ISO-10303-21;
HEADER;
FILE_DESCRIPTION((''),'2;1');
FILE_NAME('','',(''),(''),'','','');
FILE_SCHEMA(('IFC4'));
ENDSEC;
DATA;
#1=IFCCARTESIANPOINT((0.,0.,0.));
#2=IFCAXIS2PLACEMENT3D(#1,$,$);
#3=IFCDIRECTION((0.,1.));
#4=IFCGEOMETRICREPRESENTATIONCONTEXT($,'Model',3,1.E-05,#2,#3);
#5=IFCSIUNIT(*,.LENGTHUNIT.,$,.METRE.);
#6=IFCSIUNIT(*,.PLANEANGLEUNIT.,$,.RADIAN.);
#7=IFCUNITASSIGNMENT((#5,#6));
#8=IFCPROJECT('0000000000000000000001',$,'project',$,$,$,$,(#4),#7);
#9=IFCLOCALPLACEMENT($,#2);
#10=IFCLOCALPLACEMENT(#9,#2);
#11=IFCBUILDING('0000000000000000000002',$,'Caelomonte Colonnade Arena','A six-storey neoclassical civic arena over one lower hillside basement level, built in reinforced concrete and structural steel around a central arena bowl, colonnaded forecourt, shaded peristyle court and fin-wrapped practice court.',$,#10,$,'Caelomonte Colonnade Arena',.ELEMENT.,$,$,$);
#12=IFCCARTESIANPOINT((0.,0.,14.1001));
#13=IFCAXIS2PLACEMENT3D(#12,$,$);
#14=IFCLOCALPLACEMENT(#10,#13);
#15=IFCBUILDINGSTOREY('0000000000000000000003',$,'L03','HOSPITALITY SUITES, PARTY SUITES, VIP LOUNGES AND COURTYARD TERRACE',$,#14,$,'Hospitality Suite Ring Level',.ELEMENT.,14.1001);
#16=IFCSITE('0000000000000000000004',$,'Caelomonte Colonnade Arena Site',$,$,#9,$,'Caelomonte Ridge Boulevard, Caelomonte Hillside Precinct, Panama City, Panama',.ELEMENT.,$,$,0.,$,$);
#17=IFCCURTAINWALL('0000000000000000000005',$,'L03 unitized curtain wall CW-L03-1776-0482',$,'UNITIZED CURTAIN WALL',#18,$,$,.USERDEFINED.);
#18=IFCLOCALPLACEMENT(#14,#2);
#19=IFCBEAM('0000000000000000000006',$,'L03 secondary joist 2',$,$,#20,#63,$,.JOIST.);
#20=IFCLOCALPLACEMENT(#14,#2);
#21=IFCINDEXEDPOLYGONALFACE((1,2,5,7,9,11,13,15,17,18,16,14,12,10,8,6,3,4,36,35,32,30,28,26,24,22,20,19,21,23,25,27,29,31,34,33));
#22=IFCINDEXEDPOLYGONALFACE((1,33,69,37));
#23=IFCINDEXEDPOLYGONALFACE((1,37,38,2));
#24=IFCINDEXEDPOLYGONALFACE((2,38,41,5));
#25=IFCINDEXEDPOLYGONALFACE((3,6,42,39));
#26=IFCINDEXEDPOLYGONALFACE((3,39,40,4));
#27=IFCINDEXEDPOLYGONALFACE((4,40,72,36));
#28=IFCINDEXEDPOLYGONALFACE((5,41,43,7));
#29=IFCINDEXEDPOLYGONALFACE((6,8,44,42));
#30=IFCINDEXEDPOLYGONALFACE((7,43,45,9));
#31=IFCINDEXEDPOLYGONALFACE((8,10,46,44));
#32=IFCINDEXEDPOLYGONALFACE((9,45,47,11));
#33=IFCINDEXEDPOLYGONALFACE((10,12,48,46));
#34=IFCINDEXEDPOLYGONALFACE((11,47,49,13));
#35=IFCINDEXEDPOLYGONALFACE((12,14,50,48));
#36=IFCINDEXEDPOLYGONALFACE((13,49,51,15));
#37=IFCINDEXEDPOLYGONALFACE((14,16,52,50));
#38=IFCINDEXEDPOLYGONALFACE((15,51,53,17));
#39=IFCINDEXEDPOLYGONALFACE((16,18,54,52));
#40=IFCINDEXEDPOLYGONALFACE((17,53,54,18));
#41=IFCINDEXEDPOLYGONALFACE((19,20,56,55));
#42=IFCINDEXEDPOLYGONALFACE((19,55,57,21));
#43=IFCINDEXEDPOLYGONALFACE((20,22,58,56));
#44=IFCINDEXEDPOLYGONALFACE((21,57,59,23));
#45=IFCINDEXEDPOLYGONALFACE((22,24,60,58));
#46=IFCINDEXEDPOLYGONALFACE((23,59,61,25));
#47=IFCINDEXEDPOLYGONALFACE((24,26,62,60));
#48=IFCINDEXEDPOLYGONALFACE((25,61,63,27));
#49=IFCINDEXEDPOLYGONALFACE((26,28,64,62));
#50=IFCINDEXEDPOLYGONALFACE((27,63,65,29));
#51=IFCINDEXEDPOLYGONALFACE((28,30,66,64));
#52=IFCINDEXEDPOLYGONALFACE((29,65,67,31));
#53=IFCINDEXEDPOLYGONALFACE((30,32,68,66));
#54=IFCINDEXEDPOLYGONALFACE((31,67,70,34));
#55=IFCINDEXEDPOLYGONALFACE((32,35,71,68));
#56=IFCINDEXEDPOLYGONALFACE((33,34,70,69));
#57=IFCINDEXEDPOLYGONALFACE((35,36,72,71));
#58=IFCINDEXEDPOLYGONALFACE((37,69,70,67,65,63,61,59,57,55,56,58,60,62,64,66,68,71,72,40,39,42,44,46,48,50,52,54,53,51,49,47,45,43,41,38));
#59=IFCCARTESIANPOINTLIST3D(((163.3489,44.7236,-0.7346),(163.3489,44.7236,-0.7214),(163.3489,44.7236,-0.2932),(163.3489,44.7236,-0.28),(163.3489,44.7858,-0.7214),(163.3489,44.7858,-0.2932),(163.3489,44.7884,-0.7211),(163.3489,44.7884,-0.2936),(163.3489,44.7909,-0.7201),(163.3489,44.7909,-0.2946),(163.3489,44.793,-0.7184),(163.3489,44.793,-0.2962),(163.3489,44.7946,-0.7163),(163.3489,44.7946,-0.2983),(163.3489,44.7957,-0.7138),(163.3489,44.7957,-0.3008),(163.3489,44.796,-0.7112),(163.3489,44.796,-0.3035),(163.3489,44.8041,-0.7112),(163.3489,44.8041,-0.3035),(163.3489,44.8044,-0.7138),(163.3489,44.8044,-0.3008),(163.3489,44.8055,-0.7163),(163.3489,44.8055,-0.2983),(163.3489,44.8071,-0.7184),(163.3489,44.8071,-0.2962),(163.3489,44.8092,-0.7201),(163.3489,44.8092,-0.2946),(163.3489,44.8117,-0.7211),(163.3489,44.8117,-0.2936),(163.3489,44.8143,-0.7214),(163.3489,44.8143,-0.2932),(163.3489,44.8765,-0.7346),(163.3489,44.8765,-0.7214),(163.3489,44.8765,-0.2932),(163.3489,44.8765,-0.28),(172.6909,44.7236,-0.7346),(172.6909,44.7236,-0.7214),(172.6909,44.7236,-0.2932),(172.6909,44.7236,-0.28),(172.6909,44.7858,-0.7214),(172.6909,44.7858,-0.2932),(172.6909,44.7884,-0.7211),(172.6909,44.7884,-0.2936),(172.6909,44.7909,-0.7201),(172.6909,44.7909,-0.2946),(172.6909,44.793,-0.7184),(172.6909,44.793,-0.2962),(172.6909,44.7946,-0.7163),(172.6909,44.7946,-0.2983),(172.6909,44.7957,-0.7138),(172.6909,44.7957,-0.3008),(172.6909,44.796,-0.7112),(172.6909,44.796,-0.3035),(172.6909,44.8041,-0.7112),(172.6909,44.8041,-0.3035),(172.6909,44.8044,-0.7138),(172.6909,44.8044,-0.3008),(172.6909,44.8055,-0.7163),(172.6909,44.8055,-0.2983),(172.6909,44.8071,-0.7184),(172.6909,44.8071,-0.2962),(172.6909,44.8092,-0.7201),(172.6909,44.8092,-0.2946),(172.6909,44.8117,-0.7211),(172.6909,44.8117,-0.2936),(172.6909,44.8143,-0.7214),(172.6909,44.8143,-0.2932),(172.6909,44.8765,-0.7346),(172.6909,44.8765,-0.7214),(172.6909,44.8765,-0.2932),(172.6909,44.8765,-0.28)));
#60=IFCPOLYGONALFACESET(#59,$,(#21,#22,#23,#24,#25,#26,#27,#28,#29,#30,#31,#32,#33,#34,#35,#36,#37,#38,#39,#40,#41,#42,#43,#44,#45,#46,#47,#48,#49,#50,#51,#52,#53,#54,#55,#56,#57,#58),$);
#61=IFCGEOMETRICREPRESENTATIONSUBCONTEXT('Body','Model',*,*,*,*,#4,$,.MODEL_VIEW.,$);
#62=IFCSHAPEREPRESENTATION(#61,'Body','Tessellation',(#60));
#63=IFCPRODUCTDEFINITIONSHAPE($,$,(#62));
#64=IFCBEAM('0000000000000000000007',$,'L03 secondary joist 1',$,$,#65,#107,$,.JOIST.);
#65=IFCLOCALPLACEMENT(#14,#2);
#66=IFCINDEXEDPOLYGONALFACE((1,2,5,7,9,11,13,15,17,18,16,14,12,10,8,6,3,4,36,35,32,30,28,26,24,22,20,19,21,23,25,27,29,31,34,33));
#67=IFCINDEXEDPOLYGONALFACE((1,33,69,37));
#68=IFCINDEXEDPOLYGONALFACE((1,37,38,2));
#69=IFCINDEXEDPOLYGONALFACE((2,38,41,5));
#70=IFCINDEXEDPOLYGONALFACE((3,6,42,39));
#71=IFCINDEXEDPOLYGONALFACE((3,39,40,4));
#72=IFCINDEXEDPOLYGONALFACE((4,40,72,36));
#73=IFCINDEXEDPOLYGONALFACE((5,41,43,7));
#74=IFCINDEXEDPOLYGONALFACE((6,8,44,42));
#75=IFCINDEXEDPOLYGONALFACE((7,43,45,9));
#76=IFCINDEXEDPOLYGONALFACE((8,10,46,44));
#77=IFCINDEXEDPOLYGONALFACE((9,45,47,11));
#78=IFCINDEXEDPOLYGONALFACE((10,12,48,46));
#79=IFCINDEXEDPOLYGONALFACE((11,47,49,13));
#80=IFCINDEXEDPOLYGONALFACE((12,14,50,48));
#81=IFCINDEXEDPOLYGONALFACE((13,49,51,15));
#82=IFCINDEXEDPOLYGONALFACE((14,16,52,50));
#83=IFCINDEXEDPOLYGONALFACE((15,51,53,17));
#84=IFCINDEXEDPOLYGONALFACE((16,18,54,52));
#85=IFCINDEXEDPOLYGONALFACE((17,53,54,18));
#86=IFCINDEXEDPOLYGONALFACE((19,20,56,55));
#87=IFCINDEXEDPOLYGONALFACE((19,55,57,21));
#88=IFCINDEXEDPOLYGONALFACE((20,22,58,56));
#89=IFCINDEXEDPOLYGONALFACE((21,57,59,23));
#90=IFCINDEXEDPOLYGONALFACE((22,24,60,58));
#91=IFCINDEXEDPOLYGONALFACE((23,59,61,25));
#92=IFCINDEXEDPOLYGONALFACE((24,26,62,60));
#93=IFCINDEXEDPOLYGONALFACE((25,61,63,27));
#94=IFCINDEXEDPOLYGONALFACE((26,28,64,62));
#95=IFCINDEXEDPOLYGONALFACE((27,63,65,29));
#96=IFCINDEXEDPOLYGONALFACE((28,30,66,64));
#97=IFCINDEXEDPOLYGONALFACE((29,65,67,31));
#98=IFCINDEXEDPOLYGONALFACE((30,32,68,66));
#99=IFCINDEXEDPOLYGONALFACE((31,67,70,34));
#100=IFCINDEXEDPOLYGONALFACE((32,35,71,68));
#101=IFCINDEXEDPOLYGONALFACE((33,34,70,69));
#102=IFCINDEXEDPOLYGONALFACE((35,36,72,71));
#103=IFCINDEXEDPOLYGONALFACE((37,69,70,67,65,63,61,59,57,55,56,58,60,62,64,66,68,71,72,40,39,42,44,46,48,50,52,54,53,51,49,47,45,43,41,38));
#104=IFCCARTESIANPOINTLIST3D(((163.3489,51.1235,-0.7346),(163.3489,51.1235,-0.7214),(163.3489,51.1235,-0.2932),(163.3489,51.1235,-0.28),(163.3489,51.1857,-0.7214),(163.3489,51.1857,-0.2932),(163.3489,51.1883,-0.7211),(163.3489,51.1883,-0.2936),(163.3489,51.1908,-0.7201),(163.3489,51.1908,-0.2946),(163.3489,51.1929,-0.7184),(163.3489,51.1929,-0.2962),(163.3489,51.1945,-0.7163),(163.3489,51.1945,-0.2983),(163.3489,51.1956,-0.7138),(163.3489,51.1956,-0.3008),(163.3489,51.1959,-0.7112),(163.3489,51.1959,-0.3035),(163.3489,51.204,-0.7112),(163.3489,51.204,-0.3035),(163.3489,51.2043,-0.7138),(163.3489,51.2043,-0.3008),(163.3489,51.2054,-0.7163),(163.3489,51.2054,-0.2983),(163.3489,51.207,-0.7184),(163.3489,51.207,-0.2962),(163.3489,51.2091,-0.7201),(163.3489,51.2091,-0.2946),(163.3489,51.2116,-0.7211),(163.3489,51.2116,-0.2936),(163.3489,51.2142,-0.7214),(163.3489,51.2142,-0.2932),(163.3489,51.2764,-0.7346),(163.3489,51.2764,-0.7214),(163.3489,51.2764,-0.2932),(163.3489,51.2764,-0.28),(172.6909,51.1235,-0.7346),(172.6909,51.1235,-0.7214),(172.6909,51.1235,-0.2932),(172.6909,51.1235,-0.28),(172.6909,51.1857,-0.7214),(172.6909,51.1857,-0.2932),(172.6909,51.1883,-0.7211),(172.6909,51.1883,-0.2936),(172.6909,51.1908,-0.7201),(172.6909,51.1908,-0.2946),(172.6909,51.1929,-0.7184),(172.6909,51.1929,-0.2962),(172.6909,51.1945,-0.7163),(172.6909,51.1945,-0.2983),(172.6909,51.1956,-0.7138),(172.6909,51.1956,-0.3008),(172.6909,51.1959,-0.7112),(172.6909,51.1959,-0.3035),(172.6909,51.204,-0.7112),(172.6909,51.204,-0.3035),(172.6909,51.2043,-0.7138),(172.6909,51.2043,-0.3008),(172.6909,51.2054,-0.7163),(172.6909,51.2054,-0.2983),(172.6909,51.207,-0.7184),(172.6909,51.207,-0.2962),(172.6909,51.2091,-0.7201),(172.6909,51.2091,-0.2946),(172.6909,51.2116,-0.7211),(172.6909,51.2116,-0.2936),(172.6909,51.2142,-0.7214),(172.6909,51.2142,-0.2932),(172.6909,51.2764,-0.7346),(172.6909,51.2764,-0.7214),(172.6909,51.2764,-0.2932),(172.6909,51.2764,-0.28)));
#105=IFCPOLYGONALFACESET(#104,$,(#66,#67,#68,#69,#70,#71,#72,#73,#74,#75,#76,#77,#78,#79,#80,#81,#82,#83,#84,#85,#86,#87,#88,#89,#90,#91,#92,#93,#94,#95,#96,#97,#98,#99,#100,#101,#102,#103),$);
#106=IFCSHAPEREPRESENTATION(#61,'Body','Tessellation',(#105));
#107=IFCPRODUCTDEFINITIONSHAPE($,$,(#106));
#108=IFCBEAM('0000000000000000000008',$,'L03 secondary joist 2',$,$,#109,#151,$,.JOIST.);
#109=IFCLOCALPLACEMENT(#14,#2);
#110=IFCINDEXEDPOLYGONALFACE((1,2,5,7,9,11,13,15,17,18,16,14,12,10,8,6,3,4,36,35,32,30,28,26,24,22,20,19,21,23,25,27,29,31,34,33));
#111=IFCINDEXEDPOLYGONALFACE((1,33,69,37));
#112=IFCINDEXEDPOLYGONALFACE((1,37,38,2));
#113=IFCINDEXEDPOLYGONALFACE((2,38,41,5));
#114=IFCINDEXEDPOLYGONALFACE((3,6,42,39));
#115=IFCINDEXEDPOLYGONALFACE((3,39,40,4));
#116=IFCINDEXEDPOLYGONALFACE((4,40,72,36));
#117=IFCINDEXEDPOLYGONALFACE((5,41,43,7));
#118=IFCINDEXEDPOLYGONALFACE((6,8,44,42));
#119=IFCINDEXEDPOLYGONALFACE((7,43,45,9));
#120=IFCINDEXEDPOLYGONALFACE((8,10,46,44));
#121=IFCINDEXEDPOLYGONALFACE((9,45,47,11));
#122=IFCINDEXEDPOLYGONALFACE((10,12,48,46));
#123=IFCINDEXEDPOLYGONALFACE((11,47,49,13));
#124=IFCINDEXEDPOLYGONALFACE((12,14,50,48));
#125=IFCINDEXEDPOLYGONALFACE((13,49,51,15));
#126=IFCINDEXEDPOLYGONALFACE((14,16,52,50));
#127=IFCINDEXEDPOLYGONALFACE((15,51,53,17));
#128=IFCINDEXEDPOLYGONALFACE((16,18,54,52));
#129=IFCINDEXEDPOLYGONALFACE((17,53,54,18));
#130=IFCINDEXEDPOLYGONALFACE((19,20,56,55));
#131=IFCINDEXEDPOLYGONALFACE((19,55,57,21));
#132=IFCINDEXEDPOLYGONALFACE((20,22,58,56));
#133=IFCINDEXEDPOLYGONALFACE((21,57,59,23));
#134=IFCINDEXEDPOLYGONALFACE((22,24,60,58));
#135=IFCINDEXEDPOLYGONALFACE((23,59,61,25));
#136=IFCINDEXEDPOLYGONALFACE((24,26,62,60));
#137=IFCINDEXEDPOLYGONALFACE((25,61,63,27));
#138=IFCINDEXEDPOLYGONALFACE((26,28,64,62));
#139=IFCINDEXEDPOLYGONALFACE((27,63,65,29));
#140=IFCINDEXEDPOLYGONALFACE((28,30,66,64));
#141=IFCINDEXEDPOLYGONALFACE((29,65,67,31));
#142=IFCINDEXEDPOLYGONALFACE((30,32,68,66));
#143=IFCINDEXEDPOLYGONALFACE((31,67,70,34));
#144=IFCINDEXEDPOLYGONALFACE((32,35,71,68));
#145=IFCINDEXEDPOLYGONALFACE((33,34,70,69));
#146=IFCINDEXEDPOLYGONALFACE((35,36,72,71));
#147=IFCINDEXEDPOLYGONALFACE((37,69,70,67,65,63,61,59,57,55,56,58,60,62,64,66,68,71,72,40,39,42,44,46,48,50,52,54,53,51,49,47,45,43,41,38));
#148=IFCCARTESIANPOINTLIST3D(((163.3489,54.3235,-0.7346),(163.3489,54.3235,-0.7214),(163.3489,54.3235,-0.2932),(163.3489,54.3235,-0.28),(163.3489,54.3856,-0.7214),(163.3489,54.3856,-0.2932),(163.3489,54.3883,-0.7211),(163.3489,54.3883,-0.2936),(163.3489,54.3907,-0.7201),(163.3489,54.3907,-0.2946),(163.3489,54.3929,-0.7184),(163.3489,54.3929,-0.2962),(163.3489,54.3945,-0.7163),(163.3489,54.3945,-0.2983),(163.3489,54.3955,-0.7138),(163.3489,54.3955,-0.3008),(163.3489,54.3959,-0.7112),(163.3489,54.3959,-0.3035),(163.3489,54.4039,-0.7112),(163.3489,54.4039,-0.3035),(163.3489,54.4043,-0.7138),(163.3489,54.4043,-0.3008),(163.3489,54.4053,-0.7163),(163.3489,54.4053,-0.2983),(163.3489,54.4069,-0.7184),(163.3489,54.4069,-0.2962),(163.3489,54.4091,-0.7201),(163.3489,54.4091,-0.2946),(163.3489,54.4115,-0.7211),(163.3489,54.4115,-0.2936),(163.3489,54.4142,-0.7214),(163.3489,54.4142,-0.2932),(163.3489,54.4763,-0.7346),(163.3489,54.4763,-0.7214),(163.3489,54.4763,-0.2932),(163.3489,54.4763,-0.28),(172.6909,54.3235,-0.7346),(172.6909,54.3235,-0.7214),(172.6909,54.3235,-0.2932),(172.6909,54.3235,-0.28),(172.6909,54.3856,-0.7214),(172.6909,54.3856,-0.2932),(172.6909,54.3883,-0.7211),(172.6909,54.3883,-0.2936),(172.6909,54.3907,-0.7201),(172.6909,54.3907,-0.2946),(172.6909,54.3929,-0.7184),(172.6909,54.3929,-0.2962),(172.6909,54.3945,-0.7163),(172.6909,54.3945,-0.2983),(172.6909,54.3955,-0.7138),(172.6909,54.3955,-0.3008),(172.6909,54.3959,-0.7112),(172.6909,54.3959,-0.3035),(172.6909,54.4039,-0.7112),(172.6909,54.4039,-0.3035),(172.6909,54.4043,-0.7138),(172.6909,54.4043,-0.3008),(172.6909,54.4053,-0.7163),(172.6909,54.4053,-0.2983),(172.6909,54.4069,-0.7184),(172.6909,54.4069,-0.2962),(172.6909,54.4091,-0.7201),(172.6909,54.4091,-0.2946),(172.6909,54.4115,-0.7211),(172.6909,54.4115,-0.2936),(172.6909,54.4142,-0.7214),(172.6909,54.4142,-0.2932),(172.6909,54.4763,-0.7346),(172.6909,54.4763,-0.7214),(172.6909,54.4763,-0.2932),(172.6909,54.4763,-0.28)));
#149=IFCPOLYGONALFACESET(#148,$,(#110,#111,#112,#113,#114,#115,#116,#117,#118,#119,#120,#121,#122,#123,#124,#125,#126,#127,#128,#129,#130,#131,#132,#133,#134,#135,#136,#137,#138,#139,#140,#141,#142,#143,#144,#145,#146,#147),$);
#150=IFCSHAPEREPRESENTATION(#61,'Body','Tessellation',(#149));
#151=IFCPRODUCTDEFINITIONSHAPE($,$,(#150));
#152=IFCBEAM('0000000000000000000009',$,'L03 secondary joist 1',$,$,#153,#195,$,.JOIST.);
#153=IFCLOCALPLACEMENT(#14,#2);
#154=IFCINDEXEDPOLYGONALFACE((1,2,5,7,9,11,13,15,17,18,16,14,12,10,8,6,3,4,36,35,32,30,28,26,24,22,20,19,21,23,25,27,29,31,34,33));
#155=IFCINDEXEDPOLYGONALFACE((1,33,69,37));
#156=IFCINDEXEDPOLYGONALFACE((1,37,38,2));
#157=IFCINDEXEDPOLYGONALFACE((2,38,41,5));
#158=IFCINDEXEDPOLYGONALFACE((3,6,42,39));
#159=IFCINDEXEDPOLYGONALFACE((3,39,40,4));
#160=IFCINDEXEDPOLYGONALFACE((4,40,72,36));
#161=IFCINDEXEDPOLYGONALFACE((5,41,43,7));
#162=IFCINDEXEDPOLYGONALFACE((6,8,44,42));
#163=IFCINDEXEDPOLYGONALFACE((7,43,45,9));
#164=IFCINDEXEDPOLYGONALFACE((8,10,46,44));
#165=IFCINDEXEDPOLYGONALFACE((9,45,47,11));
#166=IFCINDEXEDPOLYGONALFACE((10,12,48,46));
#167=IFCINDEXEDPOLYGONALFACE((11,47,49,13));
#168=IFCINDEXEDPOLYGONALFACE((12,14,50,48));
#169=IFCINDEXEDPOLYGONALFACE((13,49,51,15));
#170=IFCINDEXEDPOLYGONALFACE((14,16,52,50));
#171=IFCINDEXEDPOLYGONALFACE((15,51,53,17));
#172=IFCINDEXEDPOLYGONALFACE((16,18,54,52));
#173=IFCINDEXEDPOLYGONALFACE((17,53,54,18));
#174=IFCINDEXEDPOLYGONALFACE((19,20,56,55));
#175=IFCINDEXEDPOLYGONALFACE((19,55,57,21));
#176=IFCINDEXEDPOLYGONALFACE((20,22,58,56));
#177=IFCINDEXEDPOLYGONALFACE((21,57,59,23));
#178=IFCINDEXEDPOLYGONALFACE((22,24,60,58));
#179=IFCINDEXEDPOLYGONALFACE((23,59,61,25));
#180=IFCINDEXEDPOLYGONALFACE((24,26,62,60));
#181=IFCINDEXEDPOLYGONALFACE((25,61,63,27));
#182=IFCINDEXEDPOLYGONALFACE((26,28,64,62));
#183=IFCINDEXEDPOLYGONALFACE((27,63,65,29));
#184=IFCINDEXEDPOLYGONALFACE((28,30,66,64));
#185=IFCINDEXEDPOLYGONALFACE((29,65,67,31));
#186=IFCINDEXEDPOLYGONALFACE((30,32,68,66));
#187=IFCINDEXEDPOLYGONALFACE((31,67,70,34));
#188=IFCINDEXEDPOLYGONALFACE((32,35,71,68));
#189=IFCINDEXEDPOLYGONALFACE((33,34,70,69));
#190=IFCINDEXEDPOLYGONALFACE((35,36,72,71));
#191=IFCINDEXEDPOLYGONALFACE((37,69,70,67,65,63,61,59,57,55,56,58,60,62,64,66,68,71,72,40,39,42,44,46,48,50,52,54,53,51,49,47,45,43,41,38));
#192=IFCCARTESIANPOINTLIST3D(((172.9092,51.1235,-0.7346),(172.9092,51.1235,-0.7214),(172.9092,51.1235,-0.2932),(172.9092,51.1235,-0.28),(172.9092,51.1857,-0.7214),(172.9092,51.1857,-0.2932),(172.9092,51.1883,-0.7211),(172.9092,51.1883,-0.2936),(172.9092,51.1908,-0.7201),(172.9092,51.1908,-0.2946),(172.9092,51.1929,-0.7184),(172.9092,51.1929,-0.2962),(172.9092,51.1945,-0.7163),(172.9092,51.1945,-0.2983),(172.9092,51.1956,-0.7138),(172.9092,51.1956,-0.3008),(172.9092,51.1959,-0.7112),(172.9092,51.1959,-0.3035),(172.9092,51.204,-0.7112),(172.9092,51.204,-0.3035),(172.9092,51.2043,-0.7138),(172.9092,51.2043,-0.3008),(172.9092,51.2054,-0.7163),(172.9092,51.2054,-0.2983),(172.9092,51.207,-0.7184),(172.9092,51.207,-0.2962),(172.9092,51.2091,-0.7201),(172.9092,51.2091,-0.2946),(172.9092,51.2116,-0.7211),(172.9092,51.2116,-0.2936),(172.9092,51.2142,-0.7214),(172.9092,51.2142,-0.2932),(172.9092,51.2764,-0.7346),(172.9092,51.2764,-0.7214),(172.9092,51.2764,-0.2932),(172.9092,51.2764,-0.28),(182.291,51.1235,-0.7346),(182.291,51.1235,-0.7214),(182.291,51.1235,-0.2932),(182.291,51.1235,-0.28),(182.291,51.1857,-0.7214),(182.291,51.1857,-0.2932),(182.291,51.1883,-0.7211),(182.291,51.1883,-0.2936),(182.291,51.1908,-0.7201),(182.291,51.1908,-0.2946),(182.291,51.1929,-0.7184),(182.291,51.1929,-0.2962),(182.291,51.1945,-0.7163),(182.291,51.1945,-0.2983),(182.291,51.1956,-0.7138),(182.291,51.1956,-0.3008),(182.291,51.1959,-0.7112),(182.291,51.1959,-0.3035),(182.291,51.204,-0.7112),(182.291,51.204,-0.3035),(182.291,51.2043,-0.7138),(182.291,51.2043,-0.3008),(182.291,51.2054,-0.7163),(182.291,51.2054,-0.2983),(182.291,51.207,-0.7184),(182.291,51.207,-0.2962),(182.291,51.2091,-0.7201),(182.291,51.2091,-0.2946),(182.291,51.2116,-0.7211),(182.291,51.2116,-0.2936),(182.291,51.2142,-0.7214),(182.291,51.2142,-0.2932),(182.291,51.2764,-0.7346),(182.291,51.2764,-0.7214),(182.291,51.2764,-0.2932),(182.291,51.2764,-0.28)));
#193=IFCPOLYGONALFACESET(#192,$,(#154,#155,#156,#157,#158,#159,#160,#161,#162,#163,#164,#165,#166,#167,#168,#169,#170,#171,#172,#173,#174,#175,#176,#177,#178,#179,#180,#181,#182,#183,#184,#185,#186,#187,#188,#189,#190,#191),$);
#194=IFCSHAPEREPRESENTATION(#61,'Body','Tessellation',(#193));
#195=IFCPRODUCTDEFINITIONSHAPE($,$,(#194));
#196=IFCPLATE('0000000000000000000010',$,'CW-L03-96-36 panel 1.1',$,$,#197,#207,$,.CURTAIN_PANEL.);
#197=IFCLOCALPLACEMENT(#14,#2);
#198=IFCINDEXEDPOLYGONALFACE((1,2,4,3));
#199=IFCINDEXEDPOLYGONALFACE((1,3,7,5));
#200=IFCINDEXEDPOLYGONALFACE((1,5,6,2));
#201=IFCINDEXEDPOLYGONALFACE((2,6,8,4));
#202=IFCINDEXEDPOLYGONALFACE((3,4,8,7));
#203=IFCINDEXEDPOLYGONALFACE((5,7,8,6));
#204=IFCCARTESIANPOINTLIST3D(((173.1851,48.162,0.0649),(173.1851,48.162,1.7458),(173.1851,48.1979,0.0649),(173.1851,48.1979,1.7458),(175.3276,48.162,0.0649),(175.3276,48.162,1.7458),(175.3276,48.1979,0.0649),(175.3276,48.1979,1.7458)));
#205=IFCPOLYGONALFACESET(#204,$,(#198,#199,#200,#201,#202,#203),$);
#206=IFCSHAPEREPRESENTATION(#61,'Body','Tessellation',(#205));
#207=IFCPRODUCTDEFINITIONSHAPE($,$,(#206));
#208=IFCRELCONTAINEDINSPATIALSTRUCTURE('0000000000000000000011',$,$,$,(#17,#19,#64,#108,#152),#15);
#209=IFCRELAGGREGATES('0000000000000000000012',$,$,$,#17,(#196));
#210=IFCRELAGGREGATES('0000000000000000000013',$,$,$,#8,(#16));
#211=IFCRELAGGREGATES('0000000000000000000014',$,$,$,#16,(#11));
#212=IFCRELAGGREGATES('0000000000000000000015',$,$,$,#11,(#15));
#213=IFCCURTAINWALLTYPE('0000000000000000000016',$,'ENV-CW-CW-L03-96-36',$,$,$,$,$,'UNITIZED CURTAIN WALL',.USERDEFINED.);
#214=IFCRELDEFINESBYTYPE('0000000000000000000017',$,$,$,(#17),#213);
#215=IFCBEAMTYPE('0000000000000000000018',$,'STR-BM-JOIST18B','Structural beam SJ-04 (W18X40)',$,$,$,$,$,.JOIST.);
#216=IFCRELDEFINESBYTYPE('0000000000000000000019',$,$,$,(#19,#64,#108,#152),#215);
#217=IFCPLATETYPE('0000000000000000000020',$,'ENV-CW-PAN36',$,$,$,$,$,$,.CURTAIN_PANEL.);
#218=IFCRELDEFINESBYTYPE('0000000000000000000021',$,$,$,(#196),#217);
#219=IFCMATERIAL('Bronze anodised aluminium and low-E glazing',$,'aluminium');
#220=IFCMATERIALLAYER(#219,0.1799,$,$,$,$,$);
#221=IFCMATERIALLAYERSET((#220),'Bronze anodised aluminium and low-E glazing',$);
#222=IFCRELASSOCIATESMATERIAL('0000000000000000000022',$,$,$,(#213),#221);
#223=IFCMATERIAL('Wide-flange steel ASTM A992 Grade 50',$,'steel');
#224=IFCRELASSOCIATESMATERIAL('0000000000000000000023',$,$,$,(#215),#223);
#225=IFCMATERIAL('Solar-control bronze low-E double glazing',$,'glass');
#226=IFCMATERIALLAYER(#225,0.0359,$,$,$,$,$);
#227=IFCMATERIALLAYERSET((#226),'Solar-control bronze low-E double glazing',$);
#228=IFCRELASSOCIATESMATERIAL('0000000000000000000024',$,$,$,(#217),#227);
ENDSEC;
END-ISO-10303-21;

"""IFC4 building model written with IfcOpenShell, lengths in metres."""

from ifc_helpers import new_model, si_unit, direction, frame, origin, origin_2d, place, context, subcontext, project, spatial, rectangle, i_section, extrude, material, layer, layer_set, material_profile, profile_set, type_object, element, aggregate, save


model = new_model("IFC4")

# Units and contexts
model_context = context("Model", 3, precision=1e-05, world=origin(), true_north=direction((0.0, 1.0)))
body_context = subcontext(model_context, "Body", "Model", "MODEL_VIEW")
ifc_project = project(units=[si_unit("LENGTHUNIT", "METRE"), si_unit("PLANEANGLEUNIT", "RADIAN")], contexts=[model_context])

# Site, building, storey
site_placement = place(None, origin())
site = spatial("IfcSite", under=ifc_project, at=site_placement, Name="Caelomonte Colonnade Arena Site", LongName="Caelomonte Ridge Boulevard, Caelomonte Hillside Precinct, Panama City, Panama", CompositionType="ELEMENT", RefElevation=0.0)
building_placement = place(site_placement, origin())
building = spatial("IfcBuilding", under=site, at=building_placement, Name="Caelomonte Colonnade Arena", Description="A six-storey neoclassical civic arena over one lower hillside basement level, built in reinforced concrete and structural steel around a central arena bowl, colonnaded forecourt, shaded peristyle court and fin-wrapped practice court.", LongName="Caelomonte Colonnade Arena", CompositionType="ELEMENT")
storey_placement = place(building_placement, frame((0.0, 0.0, 14.1001)))
storey = spatial("IfcBuildingStorey", under=building, at=storey_placement, Name="L03", Description="HOSPITALITY SUITES, PARTY SUITES, VIP LOUNGES AND COURTYARD TERRACE", LongName="Hospitality Suite Ring Level", CompositionType="ELEMENT", Elevation=14.1001)

# Shared definitions
ifc_material_1 = material(Name="Wide-flange steel ASTM A992 Grade 50", Category="steel")

# Curtain wall
ifc_material_2 = material(Name="Bronze anodised aluminium and low-E glazing", Category="aluminium")
ifc_layer_1 = layer(ifc_material_2, 0.1799)
ifc_layer_set_1 = layer_set([ifc_layer_1], Name="Bronze anodised aluminium and low-E glazing")
curtain_wall_type = type_object("IfcCurtainWallType", Name="ENV-CW-CW-L03-96-36", ElementType="UNITIZED CURTAIN WALL", PredefinedType="USERDEFINED", material=ifc_layer_set_1)
curtain_wall_placement = place(storey_placement, origin())
curtain_wall = element("IfcCurtainWall", 1, at=curtain_wall_placement, inside=storey, type_object=curtain_wall_type, Name="L03 unitized curtain wall CW-L03-1776-0482", ObjectType="UNITIZED CURTAIN WALL", PredefinedType="USERDEFINED")

# Beams
ifc_material_profile_1 = material_profile(ifc_material_1, i_section(OverallWidth=0.1528, OverallDepth=0.4546, WebThickness=0.0081, FlangeThickness=0.0132, FilletRadius=0.0103, at=origin_2d()), Name="W18X40")
ifc_profile_set_1 = profile_set([ifc_material_profile_1], Name="Wide-flange steel ASTM A992 Grade 50")
beam_type_1 = type_object("IfcBeamType", Name="STR-BM-JOIST18B", Description="Structural beam SJ-04 (W18X40)", PredefinedType="JOIST", material=ifc_profile_set_1)
for number, where, z_axis, x_axis, name in (
    (2, (163.3489, 44.8, -0.5073), (1.0, 0.0, 0.0), (0.0, 1.0, 0.0), "L03 secondary joist 2"),
    (3, (163.3489, 51.2, -0.5073), (1.0, 0.0, 0.0), (0.0, 1.0, 0.0), "L03 secondary joist 1"),
    (4, (163.3489, 54.3999, -0.5073), (1.0, 0.0, 0.0), (0.0, 1.0, 0.0), "L03 secondary joist 2"),
):
    element("IfcBeam", number, at=place(storey_placement, frame(where, z_axis=z_axis, x_axis=x_axis)), inside=storey, type_object=beam_type_1, Name=name, PredefinedType="JOIST", context=body_context, shape_type="SweptSolid", body=[
        extrude(i_section(OverallWidth=0.1528, OverallDepth=0.4546, WebThickness=0.0081, FlangeThickness=0.0132, FilletRadius=0.0103, at=origin_2d()), origin(), (0.0, 0.0, 1.0), 9.342),
    ])
beam_1_placement = place(storey_placement, frame((172.9092, 51.2, -0.5073), z_axis=(1.0, 0.0, 0.0), x_axis=(0.0, 1.0, 0.0)))
element("IfcBeam", 5, at=beam_1_placement, inside=storey, type_object=beam_type_1, Name="L03 secondary joist 1", PredefinedType="JOIST", context=body_context, shape_type="SweptSolid", body=[
    extrude(i_section(OverallWidth=0.1528, OverallDepth=0.4546, WebThickness=0.0081, FlangeThickness=0.0132, FilletRadius=0.0103, at=origin_2d()), origin(), (0.0, 0.0, 1.0), 9.3818),
])

# Plate
ifc_material_3 = material(Name="Solar-control bronze low-E double glazing", Category="glass")
ifc_layer_2 = layer(ifc_material_3, 0.0359)
ifc_layer_set_2 = layer_set([ifc_layer_2], Name="Solar-control bronze low-E double glazing")
plate_type = type_object("IfcPlateType", Name="ENV-CW-PAN36", PredefinedType="CURTAIN_PANEL", material=ifc_layer_set_2)
plate_1_placement = place(storey_placement, frame((174.2563, 48.1799, 0.0649), z_axis=(0.0, 0.0, 1.0), x_axis=(1.0, 0.0, 0.0)))
plate_1 = element("IfcPlate", 6, at=plate_1_placement, type_object=plate_type, Name="CW-L03-96-36 panel 1.1", PredefinedType="CURTAIN_PANEL", context=body_context, shape_type="SweptSolid", body=[
    extrude(rectangle(XDim=2.1426, YDim=0.0359, at=origin_2d()), origin(), (0.0, 0.0, 1.0), 1.6809),
])
aggregate(curtain_wall, [plate_1])

save(model, "model.ifc")
